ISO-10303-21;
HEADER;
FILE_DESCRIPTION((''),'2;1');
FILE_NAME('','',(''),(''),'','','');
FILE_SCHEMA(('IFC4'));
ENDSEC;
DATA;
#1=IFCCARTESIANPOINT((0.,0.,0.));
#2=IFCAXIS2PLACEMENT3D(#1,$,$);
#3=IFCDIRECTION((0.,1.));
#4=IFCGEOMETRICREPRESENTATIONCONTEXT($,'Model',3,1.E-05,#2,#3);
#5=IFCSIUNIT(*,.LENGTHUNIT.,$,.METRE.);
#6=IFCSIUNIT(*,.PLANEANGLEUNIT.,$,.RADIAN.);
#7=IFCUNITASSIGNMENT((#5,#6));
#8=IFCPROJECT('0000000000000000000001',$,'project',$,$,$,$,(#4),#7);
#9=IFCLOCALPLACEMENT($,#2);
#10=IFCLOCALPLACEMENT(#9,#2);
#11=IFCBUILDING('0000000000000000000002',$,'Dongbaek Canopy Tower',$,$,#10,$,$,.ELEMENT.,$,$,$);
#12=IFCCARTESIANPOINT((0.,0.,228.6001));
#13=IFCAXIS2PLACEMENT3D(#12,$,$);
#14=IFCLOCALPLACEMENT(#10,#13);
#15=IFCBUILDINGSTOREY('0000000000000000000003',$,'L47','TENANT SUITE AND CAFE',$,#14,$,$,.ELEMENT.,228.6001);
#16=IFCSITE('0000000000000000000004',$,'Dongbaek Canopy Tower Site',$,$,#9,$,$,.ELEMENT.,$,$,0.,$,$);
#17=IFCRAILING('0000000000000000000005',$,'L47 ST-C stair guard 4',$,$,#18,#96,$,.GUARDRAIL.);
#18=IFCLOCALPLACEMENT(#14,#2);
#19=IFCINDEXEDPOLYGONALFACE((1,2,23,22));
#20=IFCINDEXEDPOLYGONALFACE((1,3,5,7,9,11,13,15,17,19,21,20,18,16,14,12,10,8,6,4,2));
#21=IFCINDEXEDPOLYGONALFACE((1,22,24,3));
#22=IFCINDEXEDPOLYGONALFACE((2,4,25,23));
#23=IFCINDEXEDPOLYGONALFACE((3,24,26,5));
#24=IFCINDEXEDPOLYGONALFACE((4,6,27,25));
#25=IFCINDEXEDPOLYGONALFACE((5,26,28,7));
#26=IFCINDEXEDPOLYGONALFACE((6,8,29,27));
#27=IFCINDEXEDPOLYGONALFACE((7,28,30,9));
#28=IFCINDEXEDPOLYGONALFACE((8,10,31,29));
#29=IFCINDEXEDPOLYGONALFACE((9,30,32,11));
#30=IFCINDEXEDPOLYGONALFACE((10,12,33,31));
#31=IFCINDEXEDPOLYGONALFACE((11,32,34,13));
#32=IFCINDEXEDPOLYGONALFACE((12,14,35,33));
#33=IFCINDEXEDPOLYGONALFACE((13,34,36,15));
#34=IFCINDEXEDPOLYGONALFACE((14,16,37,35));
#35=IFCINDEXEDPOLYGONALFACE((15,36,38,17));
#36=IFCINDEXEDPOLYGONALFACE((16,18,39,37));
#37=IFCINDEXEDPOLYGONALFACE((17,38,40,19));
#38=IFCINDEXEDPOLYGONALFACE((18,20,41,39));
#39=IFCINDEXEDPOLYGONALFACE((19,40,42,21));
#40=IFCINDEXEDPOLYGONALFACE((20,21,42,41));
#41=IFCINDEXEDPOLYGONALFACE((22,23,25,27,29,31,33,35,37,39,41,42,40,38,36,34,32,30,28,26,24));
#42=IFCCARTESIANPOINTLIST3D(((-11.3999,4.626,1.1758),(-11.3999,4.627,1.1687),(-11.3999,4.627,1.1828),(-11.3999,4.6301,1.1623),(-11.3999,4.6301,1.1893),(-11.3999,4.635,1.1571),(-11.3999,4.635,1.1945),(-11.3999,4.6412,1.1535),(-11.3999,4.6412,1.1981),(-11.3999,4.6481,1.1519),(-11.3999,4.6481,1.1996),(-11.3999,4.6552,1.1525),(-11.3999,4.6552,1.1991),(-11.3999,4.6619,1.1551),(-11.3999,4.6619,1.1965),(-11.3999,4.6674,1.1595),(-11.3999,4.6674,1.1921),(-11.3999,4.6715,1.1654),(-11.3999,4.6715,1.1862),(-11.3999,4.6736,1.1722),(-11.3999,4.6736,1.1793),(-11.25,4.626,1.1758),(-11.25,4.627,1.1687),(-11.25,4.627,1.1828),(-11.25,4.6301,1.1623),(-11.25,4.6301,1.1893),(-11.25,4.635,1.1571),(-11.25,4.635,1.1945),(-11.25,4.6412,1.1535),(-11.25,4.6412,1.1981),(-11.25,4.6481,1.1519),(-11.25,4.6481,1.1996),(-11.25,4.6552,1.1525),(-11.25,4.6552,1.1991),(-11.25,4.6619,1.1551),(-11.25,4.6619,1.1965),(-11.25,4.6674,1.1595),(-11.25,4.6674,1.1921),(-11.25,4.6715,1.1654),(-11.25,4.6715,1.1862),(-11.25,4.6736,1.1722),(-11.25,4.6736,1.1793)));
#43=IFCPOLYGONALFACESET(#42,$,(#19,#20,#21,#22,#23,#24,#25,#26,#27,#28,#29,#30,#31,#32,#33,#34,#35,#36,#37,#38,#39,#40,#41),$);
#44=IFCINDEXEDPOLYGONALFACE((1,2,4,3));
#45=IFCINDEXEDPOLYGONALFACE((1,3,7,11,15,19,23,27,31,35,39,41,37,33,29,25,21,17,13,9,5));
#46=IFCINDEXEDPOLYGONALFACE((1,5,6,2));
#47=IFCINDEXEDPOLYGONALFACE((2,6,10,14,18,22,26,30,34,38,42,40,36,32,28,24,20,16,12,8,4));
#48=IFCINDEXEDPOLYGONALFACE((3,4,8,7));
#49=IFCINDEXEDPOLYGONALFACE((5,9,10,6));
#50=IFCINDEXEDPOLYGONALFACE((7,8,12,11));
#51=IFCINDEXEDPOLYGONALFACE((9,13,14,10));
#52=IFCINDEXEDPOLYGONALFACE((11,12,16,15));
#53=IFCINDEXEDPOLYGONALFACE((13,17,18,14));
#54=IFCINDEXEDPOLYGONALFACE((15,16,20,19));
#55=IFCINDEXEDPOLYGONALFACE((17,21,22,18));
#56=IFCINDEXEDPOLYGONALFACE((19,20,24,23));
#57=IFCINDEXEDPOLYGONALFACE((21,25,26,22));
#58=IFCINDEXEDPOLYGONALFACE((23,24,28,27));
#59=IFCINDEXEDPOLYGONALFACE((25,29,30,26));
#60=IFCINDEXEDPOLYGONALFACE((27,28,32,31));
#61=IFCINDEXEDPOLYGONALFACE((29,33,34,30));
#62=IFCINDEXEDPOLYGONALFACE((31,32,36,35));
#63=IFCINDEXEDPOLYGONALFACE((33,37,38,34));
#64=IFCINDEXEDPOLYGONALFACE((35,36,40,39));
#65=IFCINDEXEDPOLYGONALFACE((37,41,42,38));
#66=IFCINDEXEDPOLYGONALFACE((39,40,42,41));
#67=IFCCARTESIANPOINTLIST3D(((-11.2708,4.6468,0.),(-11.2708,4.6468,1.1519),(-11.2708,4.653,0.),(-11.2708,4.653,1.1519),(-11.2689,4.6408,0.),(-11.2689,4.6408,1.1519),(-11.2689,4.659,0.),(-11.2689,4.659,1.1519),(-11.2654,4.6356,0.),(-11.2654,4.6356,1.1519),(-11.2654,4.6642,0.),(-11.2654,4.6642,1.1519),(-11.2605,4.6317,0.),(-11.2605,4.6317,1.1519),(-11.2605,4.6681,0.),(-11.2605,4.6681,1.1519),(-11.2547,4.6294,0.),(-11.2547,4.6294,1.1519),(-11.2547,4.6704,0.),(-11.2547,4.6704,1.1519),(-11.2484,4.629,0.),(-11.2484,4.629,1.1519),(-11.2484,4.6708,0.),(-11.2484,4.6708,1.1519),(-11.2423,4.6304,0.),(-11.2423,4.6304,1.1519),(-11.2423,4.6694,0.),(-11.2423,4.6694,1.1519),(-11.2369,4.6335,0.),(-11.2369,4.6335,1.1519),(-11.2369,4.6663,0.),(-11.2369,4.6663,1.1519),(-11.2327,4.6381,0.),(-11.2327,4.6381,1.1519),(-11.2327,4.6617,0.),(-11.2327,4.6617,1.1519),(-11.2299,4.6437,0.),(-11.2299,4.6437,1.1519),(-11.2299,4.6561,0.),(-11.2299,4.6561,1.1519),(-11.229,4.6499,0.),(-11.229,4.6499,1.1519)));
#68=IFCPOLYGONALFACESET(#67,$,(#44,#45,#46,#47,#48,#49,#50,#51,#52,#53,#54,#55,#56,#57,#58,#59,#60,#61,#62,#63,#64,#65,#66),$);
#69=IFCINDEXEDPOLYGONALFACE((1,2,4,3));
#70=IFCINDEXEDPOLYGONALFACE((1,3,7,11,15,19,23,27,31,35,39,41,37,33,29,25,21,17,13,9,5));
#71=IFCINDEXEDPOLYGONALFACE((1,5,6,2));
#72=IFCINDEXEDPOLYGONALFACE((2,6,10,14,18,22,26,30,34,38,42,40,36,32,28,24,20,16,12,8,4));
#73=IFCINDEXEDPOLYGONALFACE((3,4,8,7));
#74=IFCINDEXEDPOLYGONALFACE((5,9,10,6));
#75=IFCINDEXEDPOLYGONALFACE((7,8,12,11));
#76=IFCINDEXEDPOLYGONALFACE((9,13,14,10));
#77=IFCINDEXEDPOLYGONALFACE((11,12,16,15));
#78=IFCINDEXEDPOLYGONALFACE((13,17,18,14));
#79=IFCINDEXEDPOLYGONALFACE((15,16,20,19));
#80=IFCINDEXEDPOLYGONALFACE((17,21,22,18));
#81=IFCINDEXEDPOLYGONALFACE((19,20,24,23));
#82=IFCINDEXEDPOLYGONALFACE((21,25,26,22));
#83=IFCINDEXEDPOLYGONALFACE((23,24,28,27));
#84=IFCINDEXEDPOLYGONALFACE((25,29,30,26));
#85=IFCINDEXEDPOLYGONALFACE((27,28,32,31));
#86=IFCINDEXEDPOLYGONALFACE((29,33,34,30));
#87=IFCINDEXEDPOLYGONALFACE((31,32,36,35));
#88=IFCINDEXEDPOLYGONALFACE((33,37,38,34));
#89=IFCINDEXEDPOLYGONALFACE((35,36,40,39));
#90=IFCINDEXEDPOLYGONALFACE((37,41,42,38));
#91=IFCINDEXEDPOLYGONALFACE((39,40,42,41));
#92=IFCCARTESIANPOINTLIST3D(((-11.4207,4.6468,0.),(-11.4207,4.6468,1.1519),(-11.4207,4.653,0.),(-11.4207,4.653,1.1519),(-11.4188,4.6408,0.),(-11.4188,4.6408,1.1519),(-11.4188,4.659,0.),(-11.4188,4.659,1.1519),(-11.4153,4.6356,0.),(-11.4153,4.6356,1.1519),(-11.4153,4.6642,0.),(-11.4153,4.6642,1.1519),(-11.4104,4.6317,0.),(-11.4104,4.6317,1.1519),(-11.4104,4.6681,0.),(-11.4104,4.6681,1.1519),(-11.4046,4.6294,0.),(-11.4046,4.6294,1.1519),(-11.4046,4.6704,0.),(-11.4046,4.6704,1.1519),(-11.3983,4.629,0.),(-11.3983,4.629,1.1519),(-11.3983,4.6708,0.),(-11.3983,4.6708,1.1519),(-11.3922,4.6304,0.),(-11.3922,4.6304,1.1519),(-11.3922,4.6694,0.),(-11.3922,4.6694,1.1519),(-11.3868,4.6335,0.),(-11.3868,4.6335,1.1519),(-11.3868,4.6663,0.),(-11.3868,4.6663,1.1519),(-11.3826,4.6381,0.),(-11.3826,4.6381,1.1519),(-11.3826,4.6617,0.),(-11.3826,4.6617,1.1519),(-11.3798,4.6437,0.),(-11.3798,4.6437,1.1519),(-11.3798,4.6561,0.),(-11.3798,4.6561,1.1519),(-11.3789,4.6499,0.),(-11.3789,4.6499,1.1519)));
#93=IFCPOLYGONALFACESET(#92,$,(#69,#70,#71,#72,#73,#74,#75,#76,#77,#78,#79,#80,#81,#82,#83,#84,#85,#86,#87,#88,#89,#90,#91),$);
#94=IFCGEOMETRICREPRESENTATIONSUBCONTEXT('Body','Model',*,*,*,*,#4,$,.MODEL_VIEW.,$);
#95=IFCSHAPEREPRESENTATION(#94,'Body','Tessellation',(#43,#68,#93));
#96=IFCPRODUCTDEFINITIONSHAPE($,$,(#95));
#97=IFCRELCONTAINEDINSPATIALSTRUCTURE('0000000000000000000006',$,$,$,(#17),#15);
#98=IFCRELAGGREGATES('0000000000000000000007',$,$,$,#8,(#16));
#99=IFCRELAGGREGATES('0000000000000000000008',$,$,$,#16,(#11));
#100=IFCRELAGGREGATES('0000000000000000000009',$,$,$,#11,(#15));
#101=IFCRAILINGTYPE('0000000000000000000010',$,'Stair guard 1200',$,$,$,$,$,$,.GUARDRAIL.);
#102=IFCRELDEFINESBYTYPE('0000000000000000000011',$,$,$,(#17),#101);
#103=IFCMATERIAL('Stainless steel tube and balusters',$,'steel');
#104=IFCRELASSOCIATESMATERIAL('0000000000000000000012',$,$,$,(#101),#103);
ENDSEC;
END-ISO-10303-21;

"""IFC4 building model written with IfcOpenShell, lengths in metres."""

from ifc_helpers import new_model, si_unit, direction, frame, origin, origin_2d, place, context, subcontext, project, spatial, circle, extrude, material, type_object, element, save


model = new_model("IFC4")

# Units and contexts
model_context = context("Model", 3, precision=1e-05, world=origin(), true_north=direction((0.0, 1.0)))
body_context = subcontext(model_context, "Body", "Model", "MODEL_VIEW")
ifc_project = project(units=[si_unit("LENGTHUNIT", "METRE"), si_unit("PLANEANGLEUNIT", "RADIAN")], contexts=[model_context])

# Site, building, storey
site_placement = place(None, origin())
site = spatial("IfcSite", under=ifc_project, at=site_placement, Name="Dongbaek Canopy Tower Site", CompositionType="ELEMENT", RefElevation=0.0)
building_placement = place(site_placement, origin())
building = spatial("IfcBuilding", under=site, at=building_placement, Name="Dongbaek Canopy Tower", CompositionType="ELEMENT")
storey_placement = place(building_placement, frame((0.0, 0.0, 228.6001)))
storey = spatial("IfcBuildingStorey", under=building, at=storey_placement, Name="L47", Description="TENANT SUITE AND CAFE", CompositionType="ELEMENT", Elevation=228.6001)

# Railing
ifc_material_1 = material(Name="Stainless steel tube and balusters", Category="steel")
railing_type_1 = type_object("IfcRailingType", Name="Stair guard 1200", PredefinedType="GUARDRAIL", material=ifc_material_1)
railing_1_placement = place(storey_placement, frame((-11.25, 4.6499, 0.0)))
element("IfcRailing", 1, at=railing_1_placement, inside=storey, type_object=railing_type_1, Name="L47 ST-C stair guard 4", PredefinedType="GUARDRAIL", context=body_context, shape_type="SweptSolid", body=[
    extrude(circle(Radius=0.0239, at=origin_2d()), frame((0.0, 0.0, 1.1758), z_axis=(-1.0, 0.0, 0.0), x_axis=(0.0, -1.0, 0.0)), (0.0, 0.0, 1.0), 0.1499),
    extrude(circle(Radius=0.021, at=origin_2d()), origin(), (0.0, 0.0, 1.0), 1.1519),
    extrude(circle(Radius=0.021, at=origin_2d()), frame((-0.1499, 0.0, 0.0)), (0.0, 0.0, 1.0), 1.1519),
])

save(model, "model.ifc")
